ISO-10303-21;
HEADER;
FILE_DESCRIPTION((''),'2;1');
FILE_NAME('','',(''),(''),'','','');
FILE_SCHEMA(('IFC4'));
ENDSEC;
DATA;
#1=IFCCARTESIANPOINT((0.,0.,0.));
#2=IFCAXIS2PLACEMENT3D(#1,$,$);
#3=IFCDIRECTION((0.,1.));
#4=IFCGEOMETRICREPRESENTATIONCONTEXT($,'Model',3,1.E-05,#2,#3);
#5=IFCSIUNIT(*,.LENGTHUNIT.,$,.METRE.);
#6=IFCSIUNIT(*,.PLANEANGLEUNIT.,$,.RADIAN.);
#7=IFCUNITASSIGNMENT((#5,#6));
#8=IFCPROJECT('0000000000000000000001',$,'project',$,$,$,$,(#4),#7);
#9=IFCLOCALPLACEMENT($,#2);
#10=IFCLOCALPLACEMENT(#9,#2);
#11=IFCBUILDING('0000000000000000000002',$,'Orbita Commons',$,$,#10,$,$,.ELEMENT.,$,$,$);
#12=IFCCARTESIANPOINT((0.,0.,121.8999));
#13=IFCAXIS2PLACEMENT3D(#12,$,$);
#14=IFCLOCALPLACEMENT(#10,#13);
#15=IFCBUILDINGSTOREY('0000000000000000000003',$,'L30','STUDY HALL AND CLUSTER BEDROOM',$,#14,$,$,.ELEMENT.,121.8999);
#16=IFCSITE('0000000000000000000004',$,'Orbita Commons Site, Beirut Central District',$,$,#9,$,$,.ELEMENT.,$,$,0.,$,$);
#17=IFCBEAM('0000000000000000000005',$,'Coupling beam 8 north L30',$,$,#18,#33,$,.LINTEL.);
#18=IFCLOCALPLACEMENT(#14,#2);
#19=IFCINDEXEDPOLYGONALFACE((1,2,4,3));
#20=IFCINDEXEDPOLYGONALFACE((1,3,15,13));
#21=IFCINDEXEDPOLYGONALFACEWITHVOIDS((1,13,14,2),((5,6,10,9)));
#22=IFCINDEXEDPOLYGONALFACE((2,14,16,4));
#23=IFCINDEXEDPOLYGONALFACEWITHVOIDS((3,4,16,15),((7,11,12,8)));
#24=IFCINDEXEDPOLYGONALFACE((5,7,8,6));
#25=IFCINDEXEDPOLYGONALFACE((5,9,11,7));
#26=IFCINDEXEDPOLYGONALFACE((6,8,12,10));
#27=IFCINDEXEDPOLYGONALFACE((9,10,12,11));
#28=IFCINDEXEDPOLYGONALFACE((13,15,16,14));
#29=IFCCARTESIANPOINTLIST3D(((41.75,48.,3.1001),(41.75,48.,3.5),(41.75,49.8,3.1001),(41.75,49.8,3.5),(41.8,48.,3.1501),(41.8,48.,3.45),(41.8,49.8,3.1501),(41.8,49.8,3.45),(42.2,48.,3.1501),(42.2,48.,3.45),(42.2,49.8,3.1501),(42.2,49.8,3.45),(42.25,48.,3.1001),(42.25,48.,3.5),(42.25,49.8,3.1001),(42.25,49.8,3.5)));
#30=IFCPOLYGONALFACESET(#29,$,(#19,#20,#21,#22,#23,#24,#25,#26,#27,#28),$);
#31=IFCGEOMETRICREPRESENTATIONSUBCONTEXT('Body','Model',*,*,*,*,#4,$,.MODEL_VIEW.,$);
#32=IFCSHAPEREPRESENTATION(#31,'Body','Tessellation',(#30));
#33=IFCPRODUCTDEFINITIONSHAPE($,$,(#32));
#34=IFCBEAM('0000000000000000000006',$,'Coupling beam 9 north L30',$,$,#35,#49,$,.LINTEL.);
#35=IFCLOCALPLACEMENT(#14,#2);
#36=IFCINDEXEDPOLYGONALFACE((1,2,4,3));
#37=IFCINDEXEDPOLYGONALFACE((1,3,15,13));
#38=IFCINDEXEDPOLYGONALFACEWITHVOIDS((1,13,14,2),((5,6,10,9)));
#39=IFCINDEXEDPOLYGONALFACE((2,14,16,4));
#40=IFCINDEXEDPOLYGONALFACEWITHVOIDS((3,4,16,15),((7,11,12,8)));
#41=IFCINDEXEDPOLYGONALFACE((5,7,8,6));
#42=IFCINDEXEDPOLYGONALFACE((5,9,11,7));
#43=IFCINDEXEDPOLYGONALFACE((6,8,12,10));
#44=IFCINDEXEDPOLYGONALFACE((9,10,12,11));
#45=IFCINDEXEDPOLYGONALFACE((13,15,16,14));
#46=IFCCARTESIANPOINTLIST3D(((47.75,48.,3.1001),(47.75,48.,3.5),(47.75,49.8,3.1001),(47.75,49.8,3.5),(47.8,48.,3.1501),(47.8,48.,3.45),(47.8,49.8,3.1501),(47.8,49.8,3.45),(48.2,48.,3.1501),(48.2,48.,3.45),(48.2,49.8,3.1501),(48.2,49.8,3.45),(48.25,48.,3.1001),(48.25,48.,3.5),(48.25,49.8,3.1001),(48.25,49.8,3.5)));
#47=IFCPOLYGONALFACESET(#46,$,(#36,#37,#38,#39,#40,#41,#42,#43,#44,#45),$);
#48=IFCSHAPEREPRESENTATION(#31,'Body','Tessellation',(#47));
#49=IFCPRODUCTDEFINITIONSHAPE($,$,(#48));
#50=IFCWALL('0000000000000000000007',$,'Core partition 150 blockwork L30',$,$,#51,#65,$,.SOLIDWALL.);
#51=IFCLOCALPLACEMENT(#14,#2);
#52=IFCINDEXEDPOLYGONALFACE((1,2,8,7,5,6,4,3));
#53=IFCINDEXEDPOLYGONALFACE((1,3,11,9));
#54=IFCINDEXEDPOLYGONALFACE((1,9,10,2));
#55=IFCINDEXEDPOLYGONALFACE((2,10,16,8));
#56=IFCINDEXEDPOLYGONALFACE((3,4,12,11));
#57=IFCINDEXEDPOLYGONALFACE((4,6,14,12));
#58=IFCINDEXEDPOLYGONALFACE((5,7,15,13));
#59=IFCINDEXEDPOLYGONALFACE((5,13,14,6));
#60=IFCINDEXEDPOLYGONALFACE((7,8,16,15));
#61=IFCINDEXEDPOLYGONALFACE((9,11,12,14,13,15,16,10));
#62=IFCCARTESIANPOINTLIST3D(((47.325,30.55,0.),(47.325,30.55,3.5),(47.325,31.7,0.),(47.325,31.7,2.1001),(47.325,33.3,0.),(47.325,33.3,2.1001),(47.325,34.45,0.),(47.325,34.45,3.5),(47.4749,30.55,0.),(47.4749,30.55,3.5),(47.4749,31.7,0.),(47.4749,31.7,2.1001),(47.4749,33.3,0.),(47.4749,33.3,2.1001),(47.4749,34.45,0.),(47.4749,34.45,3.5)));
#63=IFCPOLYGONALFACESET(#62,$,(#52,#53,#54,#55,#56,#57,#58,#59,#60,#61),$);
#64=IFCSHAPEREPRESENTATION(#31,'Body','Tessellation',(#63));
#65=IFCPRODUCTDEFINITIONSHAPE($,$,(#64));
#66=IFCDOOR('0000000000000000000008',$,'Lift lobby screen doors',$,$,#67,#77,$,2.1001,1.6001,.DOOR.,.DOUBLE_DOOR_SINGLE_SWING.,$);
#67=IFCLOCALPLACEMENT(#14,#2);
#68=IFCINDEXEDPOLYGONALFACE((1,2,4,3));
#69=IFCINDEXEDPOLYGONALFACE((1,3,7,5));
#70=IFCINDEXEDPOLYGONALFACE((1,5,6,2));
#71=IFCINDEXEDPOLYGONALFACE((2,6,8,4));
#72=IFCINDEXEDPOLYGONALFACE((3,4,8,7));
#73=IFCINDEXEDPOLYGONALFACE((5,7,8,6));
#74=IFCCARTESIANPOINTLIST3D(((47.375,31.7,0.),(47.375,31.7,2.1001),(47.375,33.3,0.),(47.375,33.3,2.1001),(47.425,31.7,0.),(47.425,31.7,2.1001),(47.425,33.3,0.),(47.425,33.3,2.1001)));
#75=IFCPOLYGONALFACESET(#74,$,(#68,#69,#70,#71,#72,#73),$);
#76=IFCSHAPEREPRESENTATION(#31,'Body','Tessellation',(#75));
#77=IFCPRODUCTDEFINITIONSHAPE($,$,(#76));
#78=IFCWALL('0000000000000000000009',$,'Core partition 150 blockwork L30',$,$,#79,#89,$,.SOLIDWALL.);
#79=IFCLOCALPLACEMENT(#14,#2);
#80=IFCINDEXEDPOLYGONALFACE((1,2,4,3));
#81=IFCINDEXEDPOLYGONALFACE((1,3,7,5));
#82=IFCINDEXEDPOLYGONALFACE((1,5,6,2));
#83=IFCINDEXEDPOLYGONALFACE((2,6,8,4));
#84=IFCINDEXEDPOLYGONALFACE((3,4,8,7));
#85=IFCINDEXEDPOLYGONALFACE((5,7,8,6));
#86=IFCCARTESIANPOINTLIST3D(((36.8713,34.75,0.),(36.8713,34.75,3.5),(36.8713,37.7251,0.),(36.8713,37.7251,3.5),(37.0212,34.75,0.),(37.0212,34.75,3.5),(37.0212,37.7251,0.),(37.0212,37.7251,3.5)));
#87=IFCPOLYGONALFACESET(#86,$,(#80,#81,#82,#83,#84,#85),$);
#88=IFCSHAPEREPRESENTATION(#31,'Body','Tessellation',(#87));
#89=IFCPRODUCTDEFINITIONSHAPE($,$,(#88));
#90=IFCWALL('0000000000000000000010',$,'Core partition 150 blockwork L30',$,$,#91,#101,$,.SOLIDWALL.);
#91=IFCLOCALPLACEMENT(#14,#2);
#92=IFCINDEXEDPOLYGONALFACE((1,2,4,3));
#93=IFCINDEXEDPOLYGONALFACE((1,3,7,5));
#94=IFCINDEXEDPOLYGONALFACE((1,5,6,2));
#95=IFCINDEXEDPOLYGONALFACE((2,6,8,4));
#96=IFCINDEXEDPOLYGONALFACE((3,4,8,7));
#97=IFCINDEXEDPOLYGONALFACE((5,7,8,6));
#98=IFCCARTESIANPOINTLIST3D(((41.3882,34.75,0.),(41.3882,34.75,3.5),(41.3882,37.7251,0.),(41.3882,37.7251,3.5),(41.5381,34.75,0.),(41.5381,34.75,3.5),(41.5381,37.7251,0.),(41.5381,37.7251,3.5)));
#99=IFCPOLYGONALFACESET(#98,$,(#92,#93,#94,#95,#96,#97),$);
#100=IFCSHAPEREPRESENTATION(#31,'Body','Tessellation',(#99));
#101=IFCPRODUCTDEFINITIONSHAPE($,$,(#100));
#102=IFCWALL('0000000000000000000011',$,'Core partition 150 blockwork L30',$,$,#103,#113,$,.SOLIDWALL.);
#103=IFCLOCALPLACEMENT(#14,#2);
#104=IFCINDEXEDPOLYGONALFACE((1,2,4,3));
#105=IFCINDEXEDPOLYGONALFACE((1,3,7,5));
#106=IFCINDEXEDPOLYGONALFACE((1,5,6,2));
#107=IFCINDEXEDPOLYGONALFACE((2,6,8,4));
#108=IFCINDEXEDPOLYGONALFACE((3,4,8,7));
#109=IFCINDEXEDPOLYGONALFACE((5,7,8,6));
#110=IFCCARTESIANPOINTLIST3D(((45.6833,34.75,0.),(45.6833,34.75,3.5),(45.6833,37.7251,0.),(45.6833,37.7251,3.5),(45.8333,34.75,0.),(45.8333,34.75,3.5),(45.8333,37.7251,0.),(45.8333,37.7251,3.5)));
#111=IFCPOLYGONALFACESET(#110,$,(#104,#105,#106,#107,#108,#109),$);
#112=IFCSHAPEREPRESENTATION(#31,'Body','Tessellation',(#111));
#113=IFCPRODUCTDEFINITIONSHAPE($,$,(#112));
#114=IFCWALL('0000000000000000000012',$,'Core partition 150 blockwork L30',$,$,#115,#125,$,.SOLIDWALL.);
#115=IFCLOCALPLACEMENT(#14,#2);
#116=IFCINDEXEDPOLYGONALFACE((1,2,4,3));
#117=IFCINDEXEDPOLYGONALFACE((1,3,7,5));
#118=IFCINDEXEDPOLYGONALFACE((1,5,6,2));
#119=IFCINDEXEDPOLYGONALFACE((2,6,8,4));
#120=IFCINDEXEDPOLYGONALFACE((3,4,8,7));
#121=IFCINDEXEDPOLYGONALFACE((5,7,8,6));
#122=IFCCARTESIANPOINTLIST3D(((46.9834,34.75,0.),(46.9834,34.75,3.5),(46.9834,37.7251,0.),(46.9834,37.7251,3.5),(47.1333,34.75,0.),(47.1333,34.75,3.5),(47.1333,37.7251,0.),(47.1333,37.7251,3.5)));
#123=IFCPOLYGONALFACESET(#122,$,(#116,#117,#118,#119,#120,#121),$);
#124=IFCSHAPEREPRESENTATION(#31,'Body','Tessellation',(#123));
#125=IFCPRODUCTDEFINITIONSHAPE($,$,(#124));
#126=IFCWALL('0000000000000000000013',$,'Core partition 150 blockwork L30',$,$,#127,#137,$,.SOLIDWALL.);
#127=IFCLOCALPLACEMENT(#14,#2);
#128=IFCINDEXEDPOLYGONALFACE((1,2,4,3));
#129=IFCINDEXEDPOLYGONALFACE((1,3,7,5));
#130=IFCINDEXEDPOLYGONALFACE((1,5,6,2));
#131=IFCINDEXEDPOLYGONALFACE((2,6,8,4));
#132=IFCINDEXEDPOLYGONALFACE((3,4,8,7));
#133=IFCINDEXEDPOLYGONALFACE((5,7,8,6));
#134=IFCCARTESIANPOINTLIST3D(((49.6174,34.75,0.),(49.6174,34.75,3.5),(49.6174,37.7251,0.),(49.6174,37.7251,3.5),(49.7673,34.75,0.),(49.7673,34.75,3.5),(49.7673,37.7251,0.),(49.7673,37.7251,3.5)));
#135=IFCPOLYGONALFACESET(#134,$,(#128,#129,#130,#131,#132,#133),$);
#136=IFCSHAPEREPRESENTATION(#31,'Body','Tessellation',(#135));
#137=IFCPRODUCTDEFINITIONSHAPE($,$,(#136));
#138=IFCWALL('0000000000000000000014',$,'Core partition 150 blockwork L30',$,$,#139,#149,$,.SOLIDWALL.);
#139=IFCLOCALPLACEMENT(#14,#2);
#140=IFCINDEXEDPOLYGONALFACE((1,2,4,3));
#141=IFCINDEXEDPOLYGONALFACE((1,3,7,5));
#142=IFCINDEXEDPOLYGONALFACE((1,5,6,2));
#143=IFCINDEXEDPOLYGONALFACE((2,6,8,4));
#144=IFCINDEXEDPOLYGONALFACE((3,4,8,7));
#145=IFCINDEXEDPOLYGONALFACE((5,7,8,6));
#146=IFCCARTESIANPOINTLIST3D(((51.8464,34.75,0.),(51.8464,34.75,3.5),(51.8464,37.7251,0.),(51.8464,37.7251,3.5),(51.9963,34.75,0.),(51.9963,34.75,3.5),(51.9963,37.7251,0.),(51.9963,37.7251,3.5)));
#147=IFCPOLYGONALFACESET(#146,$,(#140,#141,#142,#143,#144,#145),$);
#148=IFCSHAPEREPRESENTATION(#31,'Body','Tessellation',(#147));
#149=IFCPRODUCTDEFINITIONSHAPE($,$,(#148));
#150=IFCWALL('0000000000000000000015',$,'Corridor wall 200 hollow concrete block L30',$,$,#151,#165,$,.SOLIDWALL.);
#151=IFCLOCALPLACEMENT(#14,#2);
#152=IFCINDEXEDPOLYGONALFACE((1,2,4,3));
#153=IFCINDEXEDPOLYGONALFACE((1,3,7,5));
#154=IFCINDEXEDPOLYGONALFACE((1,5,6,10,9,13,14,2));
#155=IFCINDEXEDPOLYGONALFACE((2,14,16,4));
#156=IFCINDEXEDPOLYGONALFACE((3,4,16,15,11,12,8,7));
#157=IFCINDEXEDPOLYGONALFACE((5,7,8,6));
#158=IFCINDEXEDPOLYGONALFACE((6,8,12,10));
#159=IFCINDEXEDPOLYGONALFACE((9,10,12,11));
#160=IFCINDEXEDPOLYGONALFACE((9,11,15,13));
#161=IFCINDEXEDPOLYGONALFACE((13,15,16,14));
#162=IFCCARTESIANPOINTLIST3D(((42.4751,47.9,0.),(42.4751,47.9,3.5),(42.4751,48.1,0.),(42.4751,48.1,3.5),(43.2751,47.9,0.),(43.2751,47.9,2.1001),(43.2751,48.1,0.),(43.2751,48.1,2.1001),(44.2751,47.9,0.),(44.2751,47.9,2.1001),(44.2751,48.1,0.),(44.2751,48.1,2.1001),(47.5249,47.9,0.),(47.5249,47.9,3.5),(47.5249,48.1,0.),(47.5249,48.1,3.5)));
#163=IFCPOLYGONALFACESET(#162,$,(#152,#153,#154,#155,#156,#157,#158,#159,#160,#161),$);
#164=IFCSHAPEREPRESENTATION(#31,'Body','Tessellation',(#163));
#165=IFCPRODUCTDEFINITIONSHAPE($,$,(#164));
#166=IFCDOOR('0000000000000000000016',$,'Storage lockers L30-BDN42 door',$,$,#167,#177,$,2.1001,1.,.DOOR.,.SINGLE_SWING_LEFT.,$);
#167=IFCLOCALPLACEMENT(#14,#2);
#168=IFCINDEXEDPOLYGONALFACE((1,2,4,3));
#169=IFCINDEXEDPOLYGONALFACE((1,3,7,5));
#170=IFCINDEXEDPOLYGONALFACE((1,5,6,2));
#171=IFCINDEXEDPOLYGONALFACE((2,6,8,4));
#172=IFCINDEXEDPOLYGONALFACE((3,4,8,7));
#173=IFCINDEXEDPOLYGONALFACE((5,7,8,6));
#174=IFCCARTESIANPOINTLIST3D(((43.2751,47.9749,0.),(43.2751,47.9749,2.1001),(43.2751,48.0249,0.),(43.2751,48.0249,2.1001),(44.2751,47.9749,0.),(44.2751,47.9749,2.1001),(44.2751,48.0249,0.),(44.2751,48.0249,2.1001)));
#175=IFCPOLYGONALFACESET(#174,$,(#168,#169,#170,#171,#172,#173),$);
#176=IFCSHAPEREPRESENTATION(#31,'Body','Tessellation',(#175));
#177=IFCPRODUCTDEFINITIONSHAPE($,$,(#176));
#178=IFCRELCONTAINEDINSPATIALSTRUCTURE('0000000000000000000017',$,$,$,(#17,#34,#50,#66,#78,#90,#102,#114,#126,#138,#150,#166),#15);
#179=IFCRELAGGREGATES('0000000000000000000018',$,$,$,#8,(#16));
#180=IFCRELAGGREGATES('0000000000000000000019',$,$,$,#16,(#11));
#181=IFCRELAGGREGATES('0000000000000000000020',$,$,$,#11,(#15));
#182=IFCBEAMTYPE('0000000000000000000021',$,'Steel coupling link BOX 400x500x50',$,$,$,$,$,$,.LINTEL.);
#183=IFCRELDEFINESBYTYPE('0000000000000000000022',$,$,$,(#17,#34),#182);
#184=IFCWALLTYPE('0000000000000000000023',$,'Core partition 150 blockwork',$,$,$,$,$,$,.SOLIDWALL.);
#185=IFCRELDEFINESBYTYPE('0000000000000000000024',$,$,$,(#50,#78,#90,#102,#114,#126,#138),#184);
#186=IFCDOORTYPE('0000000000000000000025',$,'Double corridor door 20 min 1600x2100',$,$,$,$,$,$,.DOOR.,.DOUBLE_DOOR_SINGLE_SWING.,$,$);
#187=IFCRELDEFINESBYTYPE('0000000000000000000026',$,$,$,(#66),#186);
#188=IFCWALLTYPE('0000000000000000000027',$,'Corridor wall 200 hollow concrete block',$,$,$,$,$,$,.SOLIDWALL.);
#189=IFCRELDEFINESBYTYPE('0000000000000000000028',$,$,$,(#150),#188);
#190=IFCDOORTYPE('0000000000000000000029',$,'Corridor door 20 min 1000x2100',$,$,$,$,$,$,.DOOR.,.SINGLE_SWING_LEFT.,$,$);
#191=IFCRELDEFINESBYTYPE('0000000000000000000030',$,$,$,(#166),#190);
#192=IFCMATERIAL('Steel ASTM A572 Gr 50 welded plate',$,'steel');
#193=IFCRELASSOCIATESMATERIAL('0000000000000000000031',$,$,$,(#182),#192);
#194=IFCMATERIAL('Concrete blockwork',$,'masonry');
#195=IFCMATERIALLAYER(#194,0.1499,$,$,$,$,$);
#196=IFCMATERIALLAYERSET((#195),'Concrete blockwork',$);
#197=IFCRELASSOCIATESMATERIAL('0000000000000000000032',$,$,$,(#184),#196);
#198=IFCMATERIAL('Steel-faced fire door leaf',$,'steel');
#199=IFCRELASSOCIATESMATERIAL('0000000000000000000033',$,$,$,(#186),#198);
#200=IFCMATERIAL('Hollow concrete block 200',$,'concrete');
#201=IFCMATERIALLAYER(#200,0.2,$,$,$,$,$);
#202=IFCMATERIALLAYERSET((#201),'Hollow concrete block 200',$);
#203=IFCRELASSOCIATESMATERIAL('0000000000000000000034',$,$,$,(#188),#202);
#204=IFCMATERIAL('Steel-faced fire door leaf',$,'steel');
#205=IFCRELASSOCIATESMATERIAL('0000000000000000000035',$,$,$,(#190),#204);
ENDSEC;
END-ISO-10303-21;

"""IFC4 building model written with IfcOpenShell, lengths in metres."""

from ifc_helpers import new_model, si_unit, direction, frame, frame_2d, origin, origin_2d, place, context, subcontext, project, spatial, rectangle, hollow_rectangle, extrude, material, layer, layer_set, material_profile, profile_set, type_object, element, fill, save


model = new_model("IFC4")

# Units and contexts
model_context = context("Model", 3, precision=1e-05, world=origin(), true_north=direction((0.0, 1.0)))
body_context = subcontext(model_context, "Body", "Model", "MODEL_VIEW")
ifc_project = project(units=[si_unit("LENGTHUNIT", "METRE"), si_unit("PLANEANGLEUNIT", "RADIAN")], contexts=[model_context])

# Site, building, storey
site_placement = place(None, origin())
site = spatial("IfcSite", under=ifc_project, at=site_placement, Name="Orbita Commons Site, Beirut Central District", CompositionType="ELEMENT", RefElevation=0.0)
building_placement = place(site_placement, origin())
building = spatial("IfcBuilding", under=site, at=building_placement, Name="Orbita Commons", CompositionType="ELEMENT")
storey_placement = place(building_placement, frame((0.0, 0.0, 121.8999)))
storey = spatial("IfcBuildingStorey", under=building, at=storey_placement, Name="L30", Description="STUDY HALL AND CLUSTER BEDROOM", CompositionType="ELEMENT", Elevation=121.8999)

# Beams
ifc_material_1 = material(Name="Steel ASTM A572 Gr 50 welded plate", Category="steel")
ifc_material_profile = material_profile(ifc_material_1, hollow_rectangle(XDim=0.5, YDim=0.3999, WallThickness=0.05, at=origin_2d()), Name="BOX 400x500x50")
ifc_profile_set = profile_set([ifc_material_profile], Name="Steel ASTM A572 Gr 50 welded plate")
beam_type = type_object("IfcBeamType", Name="Steel coupling link BOX 400x500x50", PredefinedType="LINTEL", material=ifc_profile_set)
for number, where, z_axis, x_axis, name in (
    (1, (42.0, 48.0, 3.3), (0.0, 1.0, 0.0), (-1.0, 0.0, 0.0), "Coupling beam 8 north L30"),
    (2, (48.0, 48.0, 3.3), (0.0, 1.0, 0.0), (-1.0, 0.0, 0.0), "Coupling beam 9 north L30"),
):
    element("IfcBeam", number, at=place(storey_placement, frame(where, z_axis=z_axis, x_axis=x_axis)), inside=storey, type_object=beam_type, Name=name, PredefinedType="LINTEL", context=body_context, shape_type="SweptSolid", body=[
        extrude(hollow_rectangle(XDim=0.5, YDim=0.3999, WallThickness=0.05, at=origin_2d()), origin(), (0.0, 0.0, 1.0), 1.8),
    ])

# Wall, opening, door
ifc_material_2 = material(Name="Concrete blockwork", Category="masonry")
ifc_layer_1 = layer(ifc_material_2, 0.1499)
ifc_layer_set_1 = layer_set([ifc_layer_1], Name="Concrete blockwork")
wall_type_1 = type_object("IfcWallType", Name="Core partition 150 blockwork", PredefinedType="SOLIDWALL", material=ifc_layer_set_1)
wall_1_placement = place(storey_placement, frame((47.3999, 30.55, 0.0), z_axis=(0.0, 0.0, 1.0), x_axis=(0.0, 1.0, 0.0)))
wall_1 = element("IfcWall", 3, at=wall_1_placement, inside=storey, type_object=wall_type_1, Name="Core partition 150 blockwork L30", PredefinedType="SOLIDWALL", context=body_context, shape_type="SweptSolid", body=[
    extrude(rectangle(XDim=3.8999, YDim=0.1499, at=frame_2d((1.95, 0.0))), origin(), (0.0, 0.0, 1.0), 3.5),
])
opening_1_placement = place(wall_1_placement, frame((1.1499, 0.0, 0.0)))
opening_1 = element("IfcOpeningElement", 4, at=opening_1_placement, cuts=wall_1, PredefinedType="OPENING", context=body_context, shape_type="SweptSolid", body=[
    extrude(rectangle(XDim=1.6001, YDim=2.1001, at=frame_2d((0.8, 1.05))), frame((0.0, 0.085, 0.0), z_axis=(0.0, -1.0, 0.0), x_axis=(1.0, 0.0, 0.0)), (0.0, 0.0, 1.0), 0.1699),
])
ifc_material_3 = material(Name="Steel-faced fire door leaf", Category="steel")
door_type_1 = type_object("IfcDoorType", Name="Double corridor door 20 min 1600x2100", OperationType="DOUBLE_DOOR_SINGLE_SWING", PredefinedType="DOOR", material=ifc_material_3)
door_1_placement = place(opening_1_placement, origin())
door_1 = element("IfcDoor", 5, at=door_1_placement, inside=storey, type_object=door_type_1, Name="Lift lobby screen doors", OperationType="DOUBLE_DOOR_SINGLE_SWING", OverallHeight=2.1001, OverallWidth=1.6001, PredefinedType="DOOR", context=body_context, shape_type="SweptSolid", body=[
    extrude(rectangle(XDim=1.6001, YDim=2.1001, at=frame_2d((0.8, 1.05))), frame((0.0, 0.0249, 0.0), z_axis=(0.0, -1.0, 0.0), x_axis=(1.0, 0.0, 0.0)), (0.0, 0.0, 1.0), 0.05),
])
fill(opening_1, door_1)

# Walls
for number, where, z_axis, x_axis, name in (
    (6, (36.9463, 34.75, 0.0), (0.0, 0.0, 1.0), (0.0, 1.0, 0.0), "Core partition 150 blockwork L30"),
    (7, (41.4631, 34.75, 0.0), (0.0, 0.0, 1.0), (0.0, 1.0, 0.0), "Core partition 150 blockwork L30"),
    (8, (45.7583, 34.75, 0.0), (0.0, 0.0, 1.0), (0.0, 1.0, 0.0), "Core partition 150 blockwork L30"),
    (9, (47.0583, 34.75, 0.0), (0.0, 0.0, 1.0), (0.0, 1.0, 0.0), "Core partition 150 blockwork L30"),
    (10, (49.6924, 34.75, 0.0), (0.0, 0.0, 1.0), (0.0, 1.0, 0.0), "Core partition 150 blockwork L30"),
    (11, (51.9214, 34.75, 0.0), (0.0, 0.0, 1.0), (0.0, 1.0, 0.0), "Core partition 150 blockwork L30"),
):
    element("IfcWall", number, at=place(storey_placement, frame(where, z_axis=z_axis, x_axis=x_axis)), inside=storey, type_object=wall_type_1, Name=name, PredefinedType="SOLIDWALL", context=body_context, shape_type="SweptSolid", body=[
        extrude(rectangle(XDim=2.9751, YDim=0.1499, at=frame_2d((1.4875, 0.0))), origin(), (0.0, 0.0, 1.0), 3.5),
    ])

# Wall, opening, door
ifc_material_4 = material(Name="Hollow concrete block 200", Category="concrete")
ifc_layer_2 = layer(ifc_material_4, 0.2)
ifc_layer_set_2 = layer_set([ifc_layer_2], Name="Hollow concrete block 200")
wall_type_2 = type_object("IfcWallType", Name="Corridor wall 200 hollow concrete block", PredefinedType="SOLIDWALL", material=ifc_layer_set_2)
wall_2_placement = place(storey_placement, frame((42.4751, 48.0, 0.0), z_axis=(0.0, 0.0, 1.0), x_axis=(1.0, 0.0, 0.0)))
wall_2 = element("IfcWall", 12, at=wall_2_placement, inside=storey, type_object=wall_type_2, Name="Corridor wall 200 hollow concrete block L30", PredefinedType="SOLIDWALL", context=body_context, shape_type="SweptSolid", body=[
    extrude(rectangle(XDim=5.0498, YDim=0.2, at=frame_2d((2.5249, 0.0))), origin(), (0.0, 0.0, 1.0), 3.5),
])
opening_2_placement = place(wall_2_placement, frame((0.8, 0.0, 0.0)))
opening_2 = element("IfcOpeningElement", 13, at=opening_2_placement, cuts=wall_2, PredefinedType="OPENING", context=body_context, shape_type="SweptSolid", body=[
    extrude(rectangle(XDim=1.0, YDim=2.1001, at=frame_2d((0.5, 1.05))), frame((0.0, 0.1099, 0.0), z_axis=(0.0, -1.0, 0.0), x_axis=(1.0, 0.0, 0.0)), (0.0, 0.0, 1.0), 0.22),
])
ifc_material_5 = material(Name="Steel-faced fire door leaf", Category="steel")
door_type_2 = type_object("IfcDoorType", Name="Corridor door 20 min 1000x2100", OperationType="SINGLE_SWING_LEFT", PredefinedType="DOOR", material=ifc_material_5)
door_2_placement = place(opening_2_placement, origin())
door_2 = element("IfcDoor", 14, at=door_2_placement, inside=storey, type_object=door_type_2, Name="Storage lockers L30-BDN42 door", OperationType="SINGLE_SWING_LEFT", OverallHeight=2.1001, OverallWidth=1.0, PredefinedType="DOOR", context=body_context, shape_type="SweptSolid", body=[
    extrude(rectangle(XDim=1.0, YDim=2.1001, at=frame_2d((0.5, 1.05))), frame((0.0, 0.0249, 0.0), z_axis=(0.0, -1.0, 0.0), x_axis=(1.0, 0.0, 0.0)), (0.0, 0.0, 1.0), 0.05),
])
fill(opening_2, door_2)

save(model, "model.ifc")
